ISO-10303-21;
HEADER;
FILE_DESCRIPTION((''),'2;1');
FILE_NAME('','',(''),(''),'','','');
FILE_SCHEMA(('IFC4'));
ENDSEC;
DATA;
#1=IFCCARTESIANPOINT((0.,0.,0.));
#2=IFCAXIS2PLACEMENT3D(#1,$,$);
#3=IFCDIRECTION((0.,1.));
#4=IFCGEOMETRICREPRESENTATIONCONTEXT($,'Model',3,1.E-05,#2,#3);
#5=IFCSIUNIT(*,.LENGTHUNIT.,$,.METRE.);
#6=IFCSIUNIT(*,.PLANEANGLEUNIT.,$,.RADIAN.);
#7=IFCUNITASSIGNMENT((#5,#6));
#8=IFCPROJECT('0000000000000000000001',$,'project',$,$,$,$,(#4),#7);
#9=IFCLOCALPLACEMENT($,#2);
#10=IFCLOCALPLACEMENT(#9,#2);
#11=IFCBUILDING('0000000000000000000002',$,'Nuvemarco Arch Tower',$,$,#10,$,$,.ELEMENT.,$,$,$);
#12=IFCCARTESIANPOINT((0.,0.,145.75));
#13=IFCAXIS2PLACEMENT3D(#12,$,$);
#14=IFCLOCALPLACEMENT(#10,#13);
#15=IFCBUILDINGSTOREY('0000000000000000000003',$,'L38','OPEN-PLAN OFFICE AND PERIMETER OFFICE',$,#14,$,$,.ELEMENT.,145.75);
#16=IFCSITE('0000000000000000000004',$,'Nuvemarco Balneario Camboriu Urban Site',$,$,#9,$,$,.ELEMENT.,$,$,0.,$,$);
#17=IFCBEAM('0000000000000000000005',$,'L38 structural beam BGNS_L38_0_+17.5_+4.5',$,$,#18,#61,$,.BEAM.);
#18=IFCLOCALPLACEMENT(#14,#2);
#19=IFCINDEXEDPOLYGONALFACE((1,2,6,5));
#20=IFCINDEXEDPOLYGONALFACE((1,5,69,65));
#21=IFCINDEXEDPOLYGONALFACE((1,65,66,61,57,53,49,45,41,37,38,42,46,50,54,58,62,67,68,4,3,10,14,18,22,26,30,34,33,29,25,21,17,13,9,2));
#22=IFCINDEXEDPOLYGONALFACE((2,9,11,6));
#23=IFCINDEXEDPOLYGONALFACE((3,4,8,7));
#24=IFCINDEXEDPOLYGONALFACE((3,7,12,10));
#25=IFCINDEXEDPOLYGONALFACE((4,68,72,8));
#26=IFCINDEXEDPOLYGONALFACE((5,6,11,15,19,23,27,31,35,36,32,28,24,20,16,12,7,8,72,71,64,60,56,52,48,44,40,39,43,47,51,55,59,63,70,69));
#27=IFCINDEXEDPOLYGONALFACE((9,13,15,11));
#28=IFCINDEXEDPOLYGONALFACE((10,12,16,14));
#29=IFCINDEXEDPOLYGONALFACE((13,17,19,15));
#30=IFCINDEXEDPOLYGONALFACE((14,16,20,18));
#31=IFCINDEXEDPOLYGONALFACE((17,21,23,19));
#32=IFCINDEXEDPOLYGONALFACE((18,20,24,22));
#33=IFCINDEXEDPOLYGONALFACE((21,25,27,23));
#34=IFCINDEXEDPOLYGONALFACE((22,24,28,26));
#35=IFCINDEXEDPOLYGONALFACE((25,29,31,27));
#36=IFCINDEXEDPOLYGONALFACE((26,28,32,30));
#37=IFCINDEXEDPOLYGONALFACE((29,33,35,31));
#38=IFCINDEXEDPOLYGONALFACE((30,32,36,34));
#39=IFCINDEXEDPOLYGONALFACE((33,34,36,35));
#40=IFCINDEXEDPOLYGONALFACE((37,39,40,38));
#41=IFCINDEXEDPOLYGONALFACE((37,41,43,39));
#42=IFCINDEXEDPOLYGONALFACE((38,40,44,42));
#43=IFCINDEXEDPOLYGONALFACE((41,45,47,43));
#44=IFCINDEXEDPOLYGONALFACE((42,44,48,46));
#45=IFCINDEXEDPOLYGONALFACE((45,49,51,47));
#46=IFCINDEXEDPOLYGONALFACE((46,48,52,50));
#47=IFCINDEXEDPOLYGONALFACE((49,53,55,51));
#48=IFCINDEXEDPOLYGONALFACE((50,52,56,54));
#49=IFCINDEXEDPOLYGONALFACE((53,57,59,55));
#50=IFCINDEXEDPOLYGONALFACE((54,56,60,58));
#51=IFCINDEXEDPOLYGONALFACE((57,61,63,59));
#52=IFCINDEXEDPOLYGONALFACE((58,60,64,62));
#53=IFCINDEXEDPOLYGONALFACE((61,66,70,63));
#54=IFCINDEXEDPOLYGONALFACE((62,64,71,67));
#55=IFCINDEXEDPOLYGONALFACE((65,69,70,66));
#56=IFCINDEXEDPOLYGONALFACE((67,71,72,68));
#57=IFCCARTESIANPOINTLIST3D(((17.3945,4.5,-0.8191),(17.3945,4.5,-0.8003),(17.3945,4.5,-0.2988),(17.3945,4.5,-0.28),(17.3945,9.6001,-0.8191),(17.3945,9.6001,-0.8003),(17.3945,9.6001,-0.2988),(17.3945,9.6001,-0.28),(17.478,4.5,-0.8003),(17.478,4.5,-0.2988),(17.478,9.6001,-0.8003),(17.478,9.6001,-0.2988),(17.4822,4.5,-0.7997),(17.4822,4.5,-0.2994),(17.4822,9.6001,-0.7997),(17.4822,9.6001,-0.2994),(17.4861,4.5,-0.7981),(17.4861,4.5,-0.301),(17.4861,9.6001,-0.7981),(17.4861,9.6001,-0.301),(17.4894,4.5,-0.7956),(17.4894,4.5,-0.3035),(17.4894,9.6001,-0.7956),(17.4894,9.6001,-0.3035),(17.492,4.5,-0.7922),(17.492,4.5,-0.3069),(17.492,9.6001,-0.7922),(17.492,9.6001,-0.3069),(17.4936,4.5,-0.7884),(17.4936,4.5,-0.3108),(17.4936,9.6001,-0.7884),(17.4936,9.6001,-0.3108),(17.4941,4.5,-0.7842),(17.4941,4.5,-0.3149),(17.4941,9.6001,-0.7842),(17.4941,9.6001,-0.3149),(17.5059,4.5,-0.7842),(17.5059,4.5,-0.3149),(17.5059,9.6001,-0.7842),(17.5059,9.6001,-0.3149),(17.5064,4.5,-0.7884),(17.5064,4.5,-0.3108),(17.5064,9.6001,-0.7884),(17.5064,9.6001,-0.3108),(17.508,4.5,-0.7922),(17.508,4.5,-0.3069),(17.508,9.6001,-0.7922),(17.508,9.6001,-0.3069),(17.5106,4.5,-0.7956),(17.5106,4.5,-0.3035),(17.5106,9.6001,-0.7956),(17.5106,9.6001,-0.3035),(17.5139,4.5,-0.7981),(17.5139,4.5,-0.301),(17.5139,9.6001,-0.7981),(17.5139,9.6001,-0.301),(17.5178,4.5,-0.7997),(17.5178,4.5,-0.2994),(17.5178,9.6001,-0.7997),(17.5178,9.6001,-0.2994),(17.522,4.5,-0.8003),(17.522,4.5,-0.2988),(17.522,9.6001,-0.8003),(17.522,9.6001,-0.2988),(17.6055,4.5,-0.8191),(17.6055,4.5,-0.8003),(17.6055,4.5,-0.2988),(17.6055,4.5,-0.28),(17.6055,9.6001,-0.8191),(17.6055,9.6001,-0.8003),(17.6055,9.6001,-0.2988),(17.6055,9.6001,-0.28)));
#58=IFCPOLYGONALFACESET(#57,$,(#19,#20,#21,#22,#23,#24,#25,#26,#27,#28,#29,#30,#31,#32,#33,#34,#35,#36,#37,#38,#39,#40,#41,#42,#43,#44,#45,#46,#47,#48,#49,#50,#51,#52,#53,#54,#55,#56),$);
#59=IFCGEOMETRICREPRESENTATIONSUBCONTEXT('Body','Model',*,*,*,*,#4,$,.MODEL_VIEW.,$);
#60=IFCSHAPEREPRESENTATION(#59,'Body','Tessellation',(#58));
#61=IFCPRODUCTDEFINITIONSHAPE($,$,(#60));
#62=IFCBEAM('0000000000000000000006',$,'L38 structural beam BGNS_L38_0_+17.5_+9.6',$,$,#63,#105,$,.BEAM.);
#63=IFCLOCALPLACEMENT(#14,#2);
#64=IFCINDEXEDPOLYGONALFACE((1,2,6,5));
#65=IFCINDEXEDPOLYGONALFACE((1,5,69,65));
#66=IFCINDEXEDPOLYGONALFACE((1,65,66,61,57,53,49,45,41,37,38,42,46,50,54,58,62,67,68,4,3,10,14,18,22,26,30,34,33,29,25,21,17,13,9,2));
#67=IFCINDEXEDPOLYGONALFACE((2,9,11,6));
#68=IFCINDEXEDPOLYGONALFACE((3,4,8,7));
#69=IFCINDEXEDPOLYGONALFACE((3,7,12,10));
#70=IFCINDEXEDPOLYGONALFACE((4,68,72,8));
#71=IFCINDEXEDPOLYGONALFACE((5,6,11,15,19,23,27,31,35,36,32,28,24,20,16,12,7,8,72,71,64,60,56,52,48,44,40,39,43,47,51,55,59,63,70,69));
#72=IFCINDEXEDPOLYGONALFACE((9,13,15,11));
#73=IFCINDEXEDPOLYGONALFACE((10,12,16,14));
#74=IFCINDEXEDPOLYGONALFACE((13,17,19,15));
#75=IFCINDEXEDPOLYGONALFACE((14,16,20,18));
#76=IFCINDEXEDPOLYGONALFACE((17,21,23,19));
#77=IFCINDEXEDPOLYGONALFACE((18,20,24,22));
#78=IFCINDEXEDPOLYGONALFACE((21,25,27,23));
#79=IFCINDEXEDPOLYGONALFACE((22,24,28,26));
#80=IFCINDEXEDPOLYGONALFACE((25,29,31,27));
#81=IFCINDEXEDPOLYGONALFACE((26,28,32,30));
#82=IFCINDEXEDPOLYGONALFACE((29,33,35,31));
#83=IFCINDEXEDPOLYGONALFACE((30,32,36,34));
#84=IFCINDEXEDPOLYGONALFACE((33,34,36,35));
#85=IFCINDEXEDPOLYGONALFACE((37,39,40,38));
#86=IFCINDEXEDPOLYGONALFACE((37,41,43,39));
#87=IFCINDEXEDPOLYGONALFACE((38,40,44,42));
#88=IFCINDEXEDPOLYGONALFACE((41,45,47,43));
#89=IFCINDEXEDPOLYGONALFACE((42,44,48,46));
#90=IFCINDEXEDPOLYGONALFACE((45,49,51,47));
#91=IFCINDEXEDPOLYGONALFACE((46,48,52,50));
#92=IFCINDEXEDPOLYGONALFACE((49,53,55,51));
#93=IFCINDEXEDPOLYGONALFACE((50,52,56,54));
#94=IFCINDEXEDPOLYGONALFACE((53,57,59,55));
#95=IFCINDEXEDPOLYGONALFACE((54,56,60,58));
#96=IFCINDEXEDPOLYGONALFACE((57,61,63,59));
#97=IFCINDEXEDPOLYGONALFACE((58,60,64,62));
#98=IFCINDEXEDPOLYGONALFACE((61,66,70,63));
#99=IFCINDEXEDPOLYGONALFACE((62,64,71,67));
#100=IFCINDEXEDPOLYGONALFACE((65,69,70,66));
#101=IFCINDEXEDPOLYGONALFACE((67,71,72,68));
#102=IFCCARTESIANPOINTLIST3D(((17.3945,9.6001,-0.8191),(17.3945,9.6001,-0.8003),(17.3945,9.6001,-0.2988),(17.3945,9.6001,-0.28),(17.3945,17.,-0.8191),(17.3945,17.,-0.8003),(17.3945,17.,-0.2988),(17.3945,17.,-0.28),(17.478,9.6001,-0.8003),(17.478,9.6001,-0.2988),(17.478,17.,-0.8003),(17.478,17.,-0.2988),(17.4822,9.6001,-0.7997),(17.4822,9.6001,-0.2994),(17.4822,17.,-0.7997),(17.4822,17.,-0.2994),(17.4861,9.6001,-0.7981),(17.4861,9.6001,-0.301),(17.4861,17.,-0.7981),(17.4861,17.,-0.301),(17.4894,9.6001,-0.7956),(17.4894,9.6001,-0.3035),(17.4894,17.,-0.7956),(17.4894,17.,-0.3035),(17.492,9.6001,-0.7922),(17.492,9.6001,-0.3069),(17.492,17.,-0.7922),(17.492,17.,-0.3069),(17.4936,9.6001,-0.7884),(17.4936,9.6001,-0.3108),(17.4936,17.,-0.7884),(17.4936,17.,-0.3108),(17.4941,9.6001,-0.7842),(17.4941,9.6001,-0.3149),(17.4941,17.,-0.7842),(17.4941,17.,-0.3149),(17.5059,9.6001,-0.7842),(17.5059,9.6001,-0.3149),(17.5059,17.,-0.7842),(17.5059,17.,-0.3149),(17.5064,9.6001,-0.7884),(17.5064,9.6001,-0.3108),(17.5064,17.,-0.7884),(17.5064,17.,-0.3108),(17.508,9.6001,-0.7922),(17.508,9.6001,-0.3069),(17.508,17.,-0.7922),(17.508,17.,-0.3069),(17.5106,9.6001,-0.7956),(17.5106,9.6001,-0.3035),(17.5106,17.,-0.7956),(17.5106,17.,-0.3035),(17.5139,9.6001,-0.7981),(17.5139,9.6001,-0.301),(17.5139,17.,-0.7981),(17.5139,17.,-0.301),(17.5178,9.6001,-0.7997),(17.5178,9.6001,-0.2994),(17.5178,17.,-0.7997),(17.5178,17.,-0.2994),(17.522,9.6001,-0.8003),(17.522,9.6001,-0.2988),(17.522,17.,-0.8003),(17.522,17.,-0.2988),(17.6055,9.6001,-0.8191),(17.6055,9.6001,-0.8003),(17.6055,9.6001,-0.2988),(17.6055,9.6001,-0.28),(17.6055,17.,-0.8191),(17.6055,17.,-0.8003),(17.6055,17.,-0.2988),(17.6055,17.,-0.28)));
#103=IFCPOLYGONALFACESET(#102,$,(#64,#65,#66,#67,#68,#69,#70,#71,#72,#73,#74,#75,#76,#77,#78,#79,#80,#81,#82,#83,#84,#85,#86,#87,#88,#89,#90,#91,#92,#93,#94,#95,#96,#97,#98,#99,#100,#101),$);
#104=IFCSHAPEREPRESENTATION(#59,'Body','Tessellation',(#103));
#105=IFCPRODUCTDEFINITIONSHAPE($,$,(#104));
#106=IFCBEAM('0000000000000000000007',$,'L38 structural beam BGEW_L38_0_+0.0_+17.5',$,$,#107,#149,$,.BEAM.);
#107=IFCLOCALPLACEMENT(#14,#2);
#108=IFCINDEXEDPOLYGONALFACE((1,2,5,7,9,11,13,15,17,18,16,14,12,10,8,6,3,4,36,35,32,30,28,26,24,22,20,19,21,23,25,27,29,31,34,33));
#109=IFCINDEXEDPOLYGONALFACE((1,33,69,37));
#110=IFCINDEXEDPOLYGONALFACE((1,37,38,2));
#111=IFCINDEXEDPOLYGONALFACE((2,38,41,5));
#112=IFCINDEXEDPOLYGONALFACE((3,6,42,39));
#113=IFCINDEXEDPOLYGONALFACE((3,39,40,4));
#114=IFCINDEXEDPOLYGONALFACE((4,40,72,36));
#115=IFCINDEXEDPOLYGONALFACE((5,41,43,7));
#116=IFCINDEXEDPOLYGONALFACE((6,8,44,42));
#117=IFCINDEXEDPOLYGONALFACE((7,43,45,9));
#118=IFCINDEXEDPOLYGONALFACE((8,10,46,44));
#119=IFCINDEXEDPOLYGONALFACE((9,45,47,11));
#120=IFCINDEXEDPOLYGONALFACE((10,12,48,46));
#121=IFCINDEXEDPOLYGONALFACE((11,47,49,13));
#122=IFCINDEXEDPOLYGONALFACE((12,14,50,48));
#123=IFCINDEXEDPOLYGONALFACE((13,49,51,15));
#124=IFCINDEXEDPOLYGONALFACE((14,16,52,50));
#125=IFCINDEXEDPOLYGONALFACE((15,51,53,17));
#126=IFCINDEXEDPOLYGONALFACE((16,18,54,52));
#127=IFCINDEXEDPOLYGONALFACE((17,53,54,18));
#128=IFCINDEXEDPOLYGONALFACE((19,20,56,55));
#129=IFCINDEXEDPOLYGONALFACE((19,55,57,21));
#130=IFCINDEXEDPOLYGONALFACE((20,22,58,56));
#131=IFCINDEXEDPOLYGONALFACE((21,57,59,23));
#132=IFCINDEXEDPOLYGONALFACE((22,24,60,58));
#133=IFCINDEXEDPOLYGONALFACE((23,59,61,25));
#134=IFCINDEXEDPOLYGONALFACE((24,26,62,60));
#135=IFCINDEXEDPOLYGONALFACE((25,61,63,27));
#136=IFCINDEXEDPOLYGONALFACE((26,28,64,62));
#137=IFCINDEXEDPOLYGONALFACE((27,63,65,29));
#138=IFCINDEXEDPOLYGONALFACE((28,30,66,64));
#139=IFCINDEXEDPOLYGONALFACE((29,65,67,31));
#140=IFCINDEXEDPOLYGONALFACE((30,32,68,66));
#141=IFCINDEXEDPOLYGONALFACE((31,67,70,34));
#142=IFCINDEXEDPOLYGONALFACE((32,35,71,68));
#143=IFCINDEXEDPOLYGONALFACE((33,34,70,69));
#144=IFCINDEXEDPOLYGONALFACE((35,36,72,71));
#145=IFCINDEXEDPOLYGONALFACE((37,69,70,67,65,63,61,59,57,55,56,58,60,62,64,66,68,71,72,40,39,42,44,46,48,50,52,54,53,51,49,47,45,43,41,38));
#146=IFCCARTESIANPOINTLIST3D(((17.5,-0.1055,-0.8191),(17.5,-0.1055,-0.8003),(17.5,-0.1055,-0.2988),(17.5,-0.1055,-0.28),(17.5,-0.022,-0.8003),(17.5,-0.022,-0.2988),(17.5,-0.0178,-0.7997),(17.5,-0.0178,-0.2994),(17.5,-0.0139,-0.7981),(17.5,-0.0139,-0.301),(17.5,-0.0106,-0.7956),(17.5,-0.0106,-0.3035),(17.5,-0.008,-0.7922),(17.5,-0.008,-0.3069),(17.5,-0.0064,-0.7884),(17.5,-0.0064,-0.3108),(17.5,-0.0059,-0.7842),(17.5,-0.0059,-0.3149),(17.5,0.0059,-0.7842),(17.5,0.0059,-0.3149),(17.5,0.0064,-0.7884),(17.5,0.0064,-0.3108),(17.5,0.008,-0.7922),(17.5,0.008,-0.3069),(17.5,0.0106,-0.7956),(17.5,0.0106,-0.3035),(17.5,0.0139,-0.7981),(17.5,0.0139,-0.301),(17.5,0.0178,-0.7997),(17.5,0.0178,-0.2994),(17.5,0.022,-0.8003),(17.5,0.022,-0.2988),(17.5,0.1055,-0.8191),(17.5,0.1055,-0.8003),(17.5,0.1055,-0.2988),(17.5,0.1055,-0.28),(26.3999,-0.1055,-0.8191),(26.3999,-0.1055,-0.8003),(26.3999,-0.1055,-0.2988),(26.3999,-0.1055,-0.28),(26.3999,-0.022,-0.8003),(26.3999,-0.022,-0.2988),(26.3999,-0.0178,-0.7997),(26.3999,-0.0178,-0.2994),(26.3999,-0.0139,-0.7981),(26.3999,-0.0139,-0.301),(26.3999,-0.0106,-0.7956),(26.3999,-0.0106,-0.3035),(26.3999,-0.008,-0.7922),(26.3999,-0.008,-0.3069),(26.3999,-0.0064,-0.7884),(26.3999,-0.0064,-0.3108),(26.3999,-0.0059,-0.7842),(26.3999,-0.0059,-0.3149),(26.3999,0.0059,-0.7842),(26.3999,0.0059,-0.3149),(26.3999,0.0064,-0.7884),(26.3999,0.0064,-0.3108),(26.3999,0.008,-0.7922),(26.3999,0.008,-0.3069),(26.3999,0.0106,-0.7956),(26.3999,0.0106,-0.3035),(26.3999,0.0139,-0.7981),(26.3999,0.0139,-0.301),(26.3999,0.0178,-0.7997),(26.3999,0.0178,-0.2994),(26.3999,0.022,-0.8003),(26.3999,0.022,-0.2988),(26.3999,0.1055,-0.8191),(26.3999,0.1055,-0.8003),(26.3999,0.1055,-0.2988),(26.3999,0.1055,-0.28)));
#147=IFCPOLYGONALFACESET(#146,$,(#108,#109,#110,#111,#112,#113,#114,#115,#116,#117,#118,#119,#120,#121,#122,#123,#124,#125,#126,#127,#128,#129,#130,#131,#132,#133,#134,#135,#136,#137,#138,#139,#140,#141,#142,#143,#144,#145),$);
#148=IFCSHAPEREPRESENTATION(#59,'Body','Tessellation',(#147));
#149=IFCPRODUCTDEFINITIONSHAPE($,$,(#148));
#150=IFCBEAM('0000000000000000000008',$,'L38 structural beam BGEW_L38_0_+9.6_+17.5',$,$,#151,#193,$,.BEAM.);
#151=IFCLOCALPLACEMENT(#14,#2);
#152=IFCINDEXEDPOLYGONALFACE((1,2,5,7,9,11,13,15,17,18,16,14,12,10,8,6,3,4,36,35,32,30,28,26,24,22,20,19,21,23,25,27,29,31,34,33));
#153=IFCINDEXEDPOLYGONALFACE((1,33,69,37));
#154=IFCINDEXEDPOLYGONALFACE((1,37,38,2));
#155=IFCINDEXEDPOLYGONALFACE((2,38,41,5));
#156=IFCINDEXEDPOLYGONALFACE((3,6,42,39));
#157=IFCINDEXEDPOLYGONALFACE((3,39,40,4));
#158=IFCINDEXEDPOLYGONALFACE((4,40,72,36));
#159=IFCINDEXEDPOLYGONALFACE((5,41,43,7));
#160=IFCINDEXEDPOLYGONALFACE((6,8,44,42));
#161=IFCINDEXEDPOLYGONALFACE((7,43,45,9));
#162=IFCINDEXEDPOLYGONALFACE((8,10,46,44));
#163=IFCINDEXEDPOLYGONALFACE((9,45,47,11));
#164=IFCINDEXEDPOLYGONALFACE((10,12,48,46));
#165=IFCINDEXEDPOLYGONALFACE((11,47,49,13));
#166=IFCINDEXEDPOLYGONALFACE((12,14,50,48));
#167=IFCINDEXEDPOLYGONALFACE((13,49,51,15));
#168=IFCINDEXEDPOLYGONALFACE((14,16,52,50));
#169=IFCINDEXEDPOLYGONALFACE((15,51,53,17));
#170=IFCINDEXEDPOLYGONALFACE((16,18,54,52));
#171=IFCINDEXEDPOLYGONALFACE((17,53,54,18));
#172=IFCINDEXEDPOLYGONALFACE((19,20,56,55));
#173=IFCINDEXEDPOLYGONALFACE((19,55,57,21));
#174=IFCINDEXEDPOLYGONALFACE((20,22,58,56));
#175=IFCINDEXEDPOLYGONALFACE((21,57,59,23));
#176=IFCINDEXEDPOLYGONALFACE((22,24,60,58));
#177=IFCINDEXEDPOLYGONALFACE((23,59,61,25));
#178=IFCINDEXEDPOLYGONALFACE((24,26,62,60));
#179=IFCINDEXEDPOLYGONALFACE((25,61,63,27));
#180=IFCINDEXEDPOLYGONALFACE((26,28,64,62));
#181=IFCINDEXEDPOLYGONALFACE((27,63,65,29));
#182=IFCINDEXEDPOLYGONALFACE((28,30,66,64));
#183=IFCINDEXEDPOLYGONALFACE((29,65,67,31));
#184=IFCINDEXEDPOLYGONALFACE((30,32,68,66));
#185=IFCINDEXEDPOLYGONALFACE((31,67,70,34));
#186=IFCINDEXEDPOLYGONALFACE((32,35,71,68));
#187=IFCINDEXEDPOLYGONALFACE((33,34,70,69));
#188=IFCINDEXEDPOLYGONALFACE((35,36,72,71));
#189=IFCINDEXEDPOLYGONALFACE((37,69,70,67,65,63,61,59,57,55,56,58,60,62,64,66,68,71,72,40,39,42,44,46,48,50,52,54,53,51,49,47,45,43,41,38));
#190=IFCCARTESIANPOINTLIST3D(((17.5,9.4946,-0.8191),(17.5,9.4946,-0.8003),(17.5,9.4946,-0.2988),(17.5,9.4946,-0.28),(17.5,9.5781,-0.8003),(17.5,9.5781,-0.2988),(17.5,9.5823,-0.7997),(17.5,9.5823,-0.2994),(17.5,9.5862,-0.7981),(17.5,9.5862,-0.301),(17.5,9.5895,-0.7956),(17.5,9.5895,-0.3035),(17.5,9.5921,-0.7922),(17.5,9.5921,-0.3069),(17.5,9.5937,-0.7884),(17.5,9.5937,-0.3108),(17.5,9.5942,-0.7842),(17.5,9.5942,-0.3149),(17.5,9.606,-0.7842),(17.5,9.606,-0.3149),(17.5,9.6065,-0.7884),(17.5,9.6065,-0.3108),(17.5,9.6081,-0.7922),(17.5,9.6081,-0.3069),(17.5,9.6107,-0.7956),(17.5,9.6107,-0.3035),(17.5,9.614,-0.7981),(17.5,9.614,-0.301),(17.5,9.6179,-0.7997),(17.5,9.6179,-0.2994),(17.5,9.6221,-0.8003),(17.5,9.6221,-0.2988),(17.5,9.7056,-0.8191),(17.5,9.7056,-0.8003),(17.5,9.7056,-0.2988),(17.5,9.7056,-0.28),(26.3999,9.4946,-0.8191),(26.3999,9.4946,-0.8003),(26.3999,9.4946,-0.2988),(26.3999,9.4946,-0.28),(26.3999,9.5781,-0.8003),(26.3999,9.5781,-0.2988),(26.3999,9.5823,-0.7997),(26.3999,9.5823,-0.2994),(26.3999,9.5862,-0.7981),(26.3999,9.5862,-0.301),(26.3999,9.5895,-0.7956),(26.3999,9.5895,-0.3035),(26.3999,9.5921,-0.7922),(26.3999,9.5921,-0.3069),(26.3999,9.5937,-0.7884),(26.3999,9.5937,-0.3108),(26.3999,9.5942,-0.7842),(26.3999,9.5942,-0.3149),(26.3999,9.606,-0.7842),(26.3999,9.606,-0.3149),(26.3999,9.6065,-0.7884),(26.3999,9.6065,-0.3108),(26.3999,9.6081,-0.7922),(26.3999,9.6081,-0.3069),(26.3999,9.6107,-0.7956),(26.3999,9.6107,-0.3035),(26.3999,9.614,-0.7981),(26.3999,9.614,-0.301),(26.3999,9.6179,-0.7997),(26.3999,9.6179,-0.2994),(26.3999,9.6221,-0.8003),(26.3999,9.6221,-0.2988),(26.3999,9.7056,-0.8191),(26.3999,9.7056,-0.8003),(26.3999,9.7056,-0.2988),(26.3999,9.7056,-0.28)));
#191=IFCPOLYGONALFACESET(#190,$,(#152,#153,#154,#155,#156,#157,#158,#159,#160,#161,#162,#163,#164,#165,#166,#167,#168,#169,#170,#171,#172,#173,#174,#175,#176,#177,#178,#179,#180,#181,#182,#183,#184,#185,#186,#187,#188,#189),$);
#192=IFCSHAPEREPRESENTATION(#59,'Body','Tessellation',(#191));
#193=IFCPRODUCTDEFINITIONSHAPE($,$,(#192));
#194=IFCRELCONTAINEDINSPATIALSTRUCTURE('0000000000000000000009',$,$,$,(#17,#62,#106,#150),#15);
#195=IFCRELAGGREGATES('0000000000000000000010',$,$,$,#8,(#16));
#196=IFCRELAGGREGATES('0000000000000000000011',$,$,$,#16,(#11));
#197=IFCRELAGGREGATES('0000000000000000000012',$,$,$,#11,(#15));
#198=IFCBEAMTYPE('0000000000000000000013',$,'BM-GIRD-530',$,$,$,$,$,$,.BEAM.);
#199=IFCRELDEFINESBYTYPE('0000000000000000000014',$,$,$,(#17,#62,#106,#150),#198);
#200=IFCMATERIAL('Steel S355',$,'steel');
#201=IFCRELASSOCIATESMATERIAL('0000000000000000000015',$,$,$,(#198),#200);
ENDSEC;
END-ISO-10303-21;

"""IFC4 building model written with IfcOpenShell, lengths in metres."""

from ifc_helpers import new_model, si_unit, direction, frame, origin, origin_2d, place, context, subcontext, project, spatial, i_section, extrude, material, material_profile, profile_set, type_object, element, save


model = new_model("IFC4")

# Units and contexts
model_context = context("Model", 3, precision=1e-05, world=origin(), true_north=direction((0.0, 1.0)))
body_context = subcontext(model_context, "Body", "Model", "MODEL_VIEW")
ifc_project = project(units=[si_unit("LENGTHUNIT", "METRE"), si_unit("PLANEANGLEUNIT", "RADIAN")], contexts=[model_context])

# Site, building, storey
site_placement = place(None, origin())
site = spatial("IfcSite", under=ifc_project, at=site_placement, Name="Nuvemarco Balneario Camboriu Urban Site", CompositionType="ELEMENT", RefElevation=0.0)
building_placement = place(site_placement, origin())
building = spatial("IfcBuilding", under=site, at=building_placement, Name="Nuvemarco Arch Tower", CompositionType="ELEMENT")
storey_placement = place(building_placement, frame((0.0, 0.0, 145.75)))
storey = spatial("IfcBuildingStorey", under=building, at=storey_placement, Name="L38", Description="OPEN-PLAN OFFICE AND PERIMETER OFFICE", CompositionType="ELEMENT", Elevation=145.75)

# Shared definitions
ifc_material_1 = material(Name="Steel S355", Category="steel")

# Beams
ifc_material_profile_1 = material_profile(ifc_material_1, i_section(OverallWidth=0.2109, OverallDepth=0.5391, WebThickness=0.0117, FlangeThickness=0.0188, FilletRadius=0.0161, at=origin_2d()), Name="W530x109")
ifc_profile_set_1 = profile_set([ifc_material_profile_1], Name="Steel S355")
beam_type_1 = type_object("IfcBeamType", Name="BM-GIRD-530", PredefinedType="BEAM", material=ifc_profile_set_1)
beam_1_placement = place(storey_placement, frame((17.5, 4.5, -0.5496), z_axis=(0.0, 1.0, 0.0), x_axis=(-1.0, 0.0, 0.0)))
element("IfcBeam", 1, at=beam_1_placement, inside=storey, type_object=beam_type_1, Name="L38 structural beam BGNS_L38_0_+17.5_+4.5", PredefinedType="BEAM", context=body_context, shape_type="SweptSolid", body=[
    extrude(i_section(OverallWidth=0.2109, OverallDepth=0.5391, WebThickness=0.0117, FlangeThickness=0.0188, FilletRadius=0.0161, at=origin_2d()), origin(), (0.0, 0.0, 1.0), 5.1001),
])
beam_2_placement = place(storey_placement, frame((17.5, 9.6001, -0.5496), z_axis=(0.0, 1.0, 0.0), x_axis=(-1.0, 0.0, 0.0)))
element("IfcBeam", 2, at=beam_2_placement, inside=storey, type_object=beam_type_1, Name="L38 structural beam BGNS_L38_0_+17.5_+9.6", PredefinedType="BEAM", context=body_context, shape_type="SweptSolid", body=[
    extrude(i_section(OverallWidth=0.2109, OverallDepth=0.5391, WebThickness=0.0117, FlangeThickness=0.0188, FilletRadius=0.0161, at=origin_2d()), origin(), (0.0, 0.0, 1.0), 7.3999),
])
for number, where, z_axis, x_axis, name in (
    (3, (17.5, 0.0, -0.5496), (1.0, 0.0, 0.0), (0.0, 1.0, 0.0), "L38 structural beam BGEW_L38_0_+0.0_+17.5"),
    (4, (17.5, 9.6001, -0.5496), (1.0, 0.0, 0.0), (0.0, 1.0, 0.0), "L38 structural beam BGEW_L38_0_+9.6_+17.5"),
):
    element("IfcBeam", number, at=place(storey_placement, frame(where, z_axis=z_axis, x_axis=x_axis)), inside=storey, type_object=beam_type_1, Name=name, PredefinedType="BEAM", context=body_context, shape_type="SweptSolid", body=[
        extrude(i_section(OverallWidth=0.2109, OverallDepth=0.5391, WebThickness=0.0117, FlangeThickness=0.0188, FilletRadius=0.0161, at=origin_2d()), origin(), (0.0, 0.0, 1.0), 8.8999),
    ])

save(model, "model.ifc")
